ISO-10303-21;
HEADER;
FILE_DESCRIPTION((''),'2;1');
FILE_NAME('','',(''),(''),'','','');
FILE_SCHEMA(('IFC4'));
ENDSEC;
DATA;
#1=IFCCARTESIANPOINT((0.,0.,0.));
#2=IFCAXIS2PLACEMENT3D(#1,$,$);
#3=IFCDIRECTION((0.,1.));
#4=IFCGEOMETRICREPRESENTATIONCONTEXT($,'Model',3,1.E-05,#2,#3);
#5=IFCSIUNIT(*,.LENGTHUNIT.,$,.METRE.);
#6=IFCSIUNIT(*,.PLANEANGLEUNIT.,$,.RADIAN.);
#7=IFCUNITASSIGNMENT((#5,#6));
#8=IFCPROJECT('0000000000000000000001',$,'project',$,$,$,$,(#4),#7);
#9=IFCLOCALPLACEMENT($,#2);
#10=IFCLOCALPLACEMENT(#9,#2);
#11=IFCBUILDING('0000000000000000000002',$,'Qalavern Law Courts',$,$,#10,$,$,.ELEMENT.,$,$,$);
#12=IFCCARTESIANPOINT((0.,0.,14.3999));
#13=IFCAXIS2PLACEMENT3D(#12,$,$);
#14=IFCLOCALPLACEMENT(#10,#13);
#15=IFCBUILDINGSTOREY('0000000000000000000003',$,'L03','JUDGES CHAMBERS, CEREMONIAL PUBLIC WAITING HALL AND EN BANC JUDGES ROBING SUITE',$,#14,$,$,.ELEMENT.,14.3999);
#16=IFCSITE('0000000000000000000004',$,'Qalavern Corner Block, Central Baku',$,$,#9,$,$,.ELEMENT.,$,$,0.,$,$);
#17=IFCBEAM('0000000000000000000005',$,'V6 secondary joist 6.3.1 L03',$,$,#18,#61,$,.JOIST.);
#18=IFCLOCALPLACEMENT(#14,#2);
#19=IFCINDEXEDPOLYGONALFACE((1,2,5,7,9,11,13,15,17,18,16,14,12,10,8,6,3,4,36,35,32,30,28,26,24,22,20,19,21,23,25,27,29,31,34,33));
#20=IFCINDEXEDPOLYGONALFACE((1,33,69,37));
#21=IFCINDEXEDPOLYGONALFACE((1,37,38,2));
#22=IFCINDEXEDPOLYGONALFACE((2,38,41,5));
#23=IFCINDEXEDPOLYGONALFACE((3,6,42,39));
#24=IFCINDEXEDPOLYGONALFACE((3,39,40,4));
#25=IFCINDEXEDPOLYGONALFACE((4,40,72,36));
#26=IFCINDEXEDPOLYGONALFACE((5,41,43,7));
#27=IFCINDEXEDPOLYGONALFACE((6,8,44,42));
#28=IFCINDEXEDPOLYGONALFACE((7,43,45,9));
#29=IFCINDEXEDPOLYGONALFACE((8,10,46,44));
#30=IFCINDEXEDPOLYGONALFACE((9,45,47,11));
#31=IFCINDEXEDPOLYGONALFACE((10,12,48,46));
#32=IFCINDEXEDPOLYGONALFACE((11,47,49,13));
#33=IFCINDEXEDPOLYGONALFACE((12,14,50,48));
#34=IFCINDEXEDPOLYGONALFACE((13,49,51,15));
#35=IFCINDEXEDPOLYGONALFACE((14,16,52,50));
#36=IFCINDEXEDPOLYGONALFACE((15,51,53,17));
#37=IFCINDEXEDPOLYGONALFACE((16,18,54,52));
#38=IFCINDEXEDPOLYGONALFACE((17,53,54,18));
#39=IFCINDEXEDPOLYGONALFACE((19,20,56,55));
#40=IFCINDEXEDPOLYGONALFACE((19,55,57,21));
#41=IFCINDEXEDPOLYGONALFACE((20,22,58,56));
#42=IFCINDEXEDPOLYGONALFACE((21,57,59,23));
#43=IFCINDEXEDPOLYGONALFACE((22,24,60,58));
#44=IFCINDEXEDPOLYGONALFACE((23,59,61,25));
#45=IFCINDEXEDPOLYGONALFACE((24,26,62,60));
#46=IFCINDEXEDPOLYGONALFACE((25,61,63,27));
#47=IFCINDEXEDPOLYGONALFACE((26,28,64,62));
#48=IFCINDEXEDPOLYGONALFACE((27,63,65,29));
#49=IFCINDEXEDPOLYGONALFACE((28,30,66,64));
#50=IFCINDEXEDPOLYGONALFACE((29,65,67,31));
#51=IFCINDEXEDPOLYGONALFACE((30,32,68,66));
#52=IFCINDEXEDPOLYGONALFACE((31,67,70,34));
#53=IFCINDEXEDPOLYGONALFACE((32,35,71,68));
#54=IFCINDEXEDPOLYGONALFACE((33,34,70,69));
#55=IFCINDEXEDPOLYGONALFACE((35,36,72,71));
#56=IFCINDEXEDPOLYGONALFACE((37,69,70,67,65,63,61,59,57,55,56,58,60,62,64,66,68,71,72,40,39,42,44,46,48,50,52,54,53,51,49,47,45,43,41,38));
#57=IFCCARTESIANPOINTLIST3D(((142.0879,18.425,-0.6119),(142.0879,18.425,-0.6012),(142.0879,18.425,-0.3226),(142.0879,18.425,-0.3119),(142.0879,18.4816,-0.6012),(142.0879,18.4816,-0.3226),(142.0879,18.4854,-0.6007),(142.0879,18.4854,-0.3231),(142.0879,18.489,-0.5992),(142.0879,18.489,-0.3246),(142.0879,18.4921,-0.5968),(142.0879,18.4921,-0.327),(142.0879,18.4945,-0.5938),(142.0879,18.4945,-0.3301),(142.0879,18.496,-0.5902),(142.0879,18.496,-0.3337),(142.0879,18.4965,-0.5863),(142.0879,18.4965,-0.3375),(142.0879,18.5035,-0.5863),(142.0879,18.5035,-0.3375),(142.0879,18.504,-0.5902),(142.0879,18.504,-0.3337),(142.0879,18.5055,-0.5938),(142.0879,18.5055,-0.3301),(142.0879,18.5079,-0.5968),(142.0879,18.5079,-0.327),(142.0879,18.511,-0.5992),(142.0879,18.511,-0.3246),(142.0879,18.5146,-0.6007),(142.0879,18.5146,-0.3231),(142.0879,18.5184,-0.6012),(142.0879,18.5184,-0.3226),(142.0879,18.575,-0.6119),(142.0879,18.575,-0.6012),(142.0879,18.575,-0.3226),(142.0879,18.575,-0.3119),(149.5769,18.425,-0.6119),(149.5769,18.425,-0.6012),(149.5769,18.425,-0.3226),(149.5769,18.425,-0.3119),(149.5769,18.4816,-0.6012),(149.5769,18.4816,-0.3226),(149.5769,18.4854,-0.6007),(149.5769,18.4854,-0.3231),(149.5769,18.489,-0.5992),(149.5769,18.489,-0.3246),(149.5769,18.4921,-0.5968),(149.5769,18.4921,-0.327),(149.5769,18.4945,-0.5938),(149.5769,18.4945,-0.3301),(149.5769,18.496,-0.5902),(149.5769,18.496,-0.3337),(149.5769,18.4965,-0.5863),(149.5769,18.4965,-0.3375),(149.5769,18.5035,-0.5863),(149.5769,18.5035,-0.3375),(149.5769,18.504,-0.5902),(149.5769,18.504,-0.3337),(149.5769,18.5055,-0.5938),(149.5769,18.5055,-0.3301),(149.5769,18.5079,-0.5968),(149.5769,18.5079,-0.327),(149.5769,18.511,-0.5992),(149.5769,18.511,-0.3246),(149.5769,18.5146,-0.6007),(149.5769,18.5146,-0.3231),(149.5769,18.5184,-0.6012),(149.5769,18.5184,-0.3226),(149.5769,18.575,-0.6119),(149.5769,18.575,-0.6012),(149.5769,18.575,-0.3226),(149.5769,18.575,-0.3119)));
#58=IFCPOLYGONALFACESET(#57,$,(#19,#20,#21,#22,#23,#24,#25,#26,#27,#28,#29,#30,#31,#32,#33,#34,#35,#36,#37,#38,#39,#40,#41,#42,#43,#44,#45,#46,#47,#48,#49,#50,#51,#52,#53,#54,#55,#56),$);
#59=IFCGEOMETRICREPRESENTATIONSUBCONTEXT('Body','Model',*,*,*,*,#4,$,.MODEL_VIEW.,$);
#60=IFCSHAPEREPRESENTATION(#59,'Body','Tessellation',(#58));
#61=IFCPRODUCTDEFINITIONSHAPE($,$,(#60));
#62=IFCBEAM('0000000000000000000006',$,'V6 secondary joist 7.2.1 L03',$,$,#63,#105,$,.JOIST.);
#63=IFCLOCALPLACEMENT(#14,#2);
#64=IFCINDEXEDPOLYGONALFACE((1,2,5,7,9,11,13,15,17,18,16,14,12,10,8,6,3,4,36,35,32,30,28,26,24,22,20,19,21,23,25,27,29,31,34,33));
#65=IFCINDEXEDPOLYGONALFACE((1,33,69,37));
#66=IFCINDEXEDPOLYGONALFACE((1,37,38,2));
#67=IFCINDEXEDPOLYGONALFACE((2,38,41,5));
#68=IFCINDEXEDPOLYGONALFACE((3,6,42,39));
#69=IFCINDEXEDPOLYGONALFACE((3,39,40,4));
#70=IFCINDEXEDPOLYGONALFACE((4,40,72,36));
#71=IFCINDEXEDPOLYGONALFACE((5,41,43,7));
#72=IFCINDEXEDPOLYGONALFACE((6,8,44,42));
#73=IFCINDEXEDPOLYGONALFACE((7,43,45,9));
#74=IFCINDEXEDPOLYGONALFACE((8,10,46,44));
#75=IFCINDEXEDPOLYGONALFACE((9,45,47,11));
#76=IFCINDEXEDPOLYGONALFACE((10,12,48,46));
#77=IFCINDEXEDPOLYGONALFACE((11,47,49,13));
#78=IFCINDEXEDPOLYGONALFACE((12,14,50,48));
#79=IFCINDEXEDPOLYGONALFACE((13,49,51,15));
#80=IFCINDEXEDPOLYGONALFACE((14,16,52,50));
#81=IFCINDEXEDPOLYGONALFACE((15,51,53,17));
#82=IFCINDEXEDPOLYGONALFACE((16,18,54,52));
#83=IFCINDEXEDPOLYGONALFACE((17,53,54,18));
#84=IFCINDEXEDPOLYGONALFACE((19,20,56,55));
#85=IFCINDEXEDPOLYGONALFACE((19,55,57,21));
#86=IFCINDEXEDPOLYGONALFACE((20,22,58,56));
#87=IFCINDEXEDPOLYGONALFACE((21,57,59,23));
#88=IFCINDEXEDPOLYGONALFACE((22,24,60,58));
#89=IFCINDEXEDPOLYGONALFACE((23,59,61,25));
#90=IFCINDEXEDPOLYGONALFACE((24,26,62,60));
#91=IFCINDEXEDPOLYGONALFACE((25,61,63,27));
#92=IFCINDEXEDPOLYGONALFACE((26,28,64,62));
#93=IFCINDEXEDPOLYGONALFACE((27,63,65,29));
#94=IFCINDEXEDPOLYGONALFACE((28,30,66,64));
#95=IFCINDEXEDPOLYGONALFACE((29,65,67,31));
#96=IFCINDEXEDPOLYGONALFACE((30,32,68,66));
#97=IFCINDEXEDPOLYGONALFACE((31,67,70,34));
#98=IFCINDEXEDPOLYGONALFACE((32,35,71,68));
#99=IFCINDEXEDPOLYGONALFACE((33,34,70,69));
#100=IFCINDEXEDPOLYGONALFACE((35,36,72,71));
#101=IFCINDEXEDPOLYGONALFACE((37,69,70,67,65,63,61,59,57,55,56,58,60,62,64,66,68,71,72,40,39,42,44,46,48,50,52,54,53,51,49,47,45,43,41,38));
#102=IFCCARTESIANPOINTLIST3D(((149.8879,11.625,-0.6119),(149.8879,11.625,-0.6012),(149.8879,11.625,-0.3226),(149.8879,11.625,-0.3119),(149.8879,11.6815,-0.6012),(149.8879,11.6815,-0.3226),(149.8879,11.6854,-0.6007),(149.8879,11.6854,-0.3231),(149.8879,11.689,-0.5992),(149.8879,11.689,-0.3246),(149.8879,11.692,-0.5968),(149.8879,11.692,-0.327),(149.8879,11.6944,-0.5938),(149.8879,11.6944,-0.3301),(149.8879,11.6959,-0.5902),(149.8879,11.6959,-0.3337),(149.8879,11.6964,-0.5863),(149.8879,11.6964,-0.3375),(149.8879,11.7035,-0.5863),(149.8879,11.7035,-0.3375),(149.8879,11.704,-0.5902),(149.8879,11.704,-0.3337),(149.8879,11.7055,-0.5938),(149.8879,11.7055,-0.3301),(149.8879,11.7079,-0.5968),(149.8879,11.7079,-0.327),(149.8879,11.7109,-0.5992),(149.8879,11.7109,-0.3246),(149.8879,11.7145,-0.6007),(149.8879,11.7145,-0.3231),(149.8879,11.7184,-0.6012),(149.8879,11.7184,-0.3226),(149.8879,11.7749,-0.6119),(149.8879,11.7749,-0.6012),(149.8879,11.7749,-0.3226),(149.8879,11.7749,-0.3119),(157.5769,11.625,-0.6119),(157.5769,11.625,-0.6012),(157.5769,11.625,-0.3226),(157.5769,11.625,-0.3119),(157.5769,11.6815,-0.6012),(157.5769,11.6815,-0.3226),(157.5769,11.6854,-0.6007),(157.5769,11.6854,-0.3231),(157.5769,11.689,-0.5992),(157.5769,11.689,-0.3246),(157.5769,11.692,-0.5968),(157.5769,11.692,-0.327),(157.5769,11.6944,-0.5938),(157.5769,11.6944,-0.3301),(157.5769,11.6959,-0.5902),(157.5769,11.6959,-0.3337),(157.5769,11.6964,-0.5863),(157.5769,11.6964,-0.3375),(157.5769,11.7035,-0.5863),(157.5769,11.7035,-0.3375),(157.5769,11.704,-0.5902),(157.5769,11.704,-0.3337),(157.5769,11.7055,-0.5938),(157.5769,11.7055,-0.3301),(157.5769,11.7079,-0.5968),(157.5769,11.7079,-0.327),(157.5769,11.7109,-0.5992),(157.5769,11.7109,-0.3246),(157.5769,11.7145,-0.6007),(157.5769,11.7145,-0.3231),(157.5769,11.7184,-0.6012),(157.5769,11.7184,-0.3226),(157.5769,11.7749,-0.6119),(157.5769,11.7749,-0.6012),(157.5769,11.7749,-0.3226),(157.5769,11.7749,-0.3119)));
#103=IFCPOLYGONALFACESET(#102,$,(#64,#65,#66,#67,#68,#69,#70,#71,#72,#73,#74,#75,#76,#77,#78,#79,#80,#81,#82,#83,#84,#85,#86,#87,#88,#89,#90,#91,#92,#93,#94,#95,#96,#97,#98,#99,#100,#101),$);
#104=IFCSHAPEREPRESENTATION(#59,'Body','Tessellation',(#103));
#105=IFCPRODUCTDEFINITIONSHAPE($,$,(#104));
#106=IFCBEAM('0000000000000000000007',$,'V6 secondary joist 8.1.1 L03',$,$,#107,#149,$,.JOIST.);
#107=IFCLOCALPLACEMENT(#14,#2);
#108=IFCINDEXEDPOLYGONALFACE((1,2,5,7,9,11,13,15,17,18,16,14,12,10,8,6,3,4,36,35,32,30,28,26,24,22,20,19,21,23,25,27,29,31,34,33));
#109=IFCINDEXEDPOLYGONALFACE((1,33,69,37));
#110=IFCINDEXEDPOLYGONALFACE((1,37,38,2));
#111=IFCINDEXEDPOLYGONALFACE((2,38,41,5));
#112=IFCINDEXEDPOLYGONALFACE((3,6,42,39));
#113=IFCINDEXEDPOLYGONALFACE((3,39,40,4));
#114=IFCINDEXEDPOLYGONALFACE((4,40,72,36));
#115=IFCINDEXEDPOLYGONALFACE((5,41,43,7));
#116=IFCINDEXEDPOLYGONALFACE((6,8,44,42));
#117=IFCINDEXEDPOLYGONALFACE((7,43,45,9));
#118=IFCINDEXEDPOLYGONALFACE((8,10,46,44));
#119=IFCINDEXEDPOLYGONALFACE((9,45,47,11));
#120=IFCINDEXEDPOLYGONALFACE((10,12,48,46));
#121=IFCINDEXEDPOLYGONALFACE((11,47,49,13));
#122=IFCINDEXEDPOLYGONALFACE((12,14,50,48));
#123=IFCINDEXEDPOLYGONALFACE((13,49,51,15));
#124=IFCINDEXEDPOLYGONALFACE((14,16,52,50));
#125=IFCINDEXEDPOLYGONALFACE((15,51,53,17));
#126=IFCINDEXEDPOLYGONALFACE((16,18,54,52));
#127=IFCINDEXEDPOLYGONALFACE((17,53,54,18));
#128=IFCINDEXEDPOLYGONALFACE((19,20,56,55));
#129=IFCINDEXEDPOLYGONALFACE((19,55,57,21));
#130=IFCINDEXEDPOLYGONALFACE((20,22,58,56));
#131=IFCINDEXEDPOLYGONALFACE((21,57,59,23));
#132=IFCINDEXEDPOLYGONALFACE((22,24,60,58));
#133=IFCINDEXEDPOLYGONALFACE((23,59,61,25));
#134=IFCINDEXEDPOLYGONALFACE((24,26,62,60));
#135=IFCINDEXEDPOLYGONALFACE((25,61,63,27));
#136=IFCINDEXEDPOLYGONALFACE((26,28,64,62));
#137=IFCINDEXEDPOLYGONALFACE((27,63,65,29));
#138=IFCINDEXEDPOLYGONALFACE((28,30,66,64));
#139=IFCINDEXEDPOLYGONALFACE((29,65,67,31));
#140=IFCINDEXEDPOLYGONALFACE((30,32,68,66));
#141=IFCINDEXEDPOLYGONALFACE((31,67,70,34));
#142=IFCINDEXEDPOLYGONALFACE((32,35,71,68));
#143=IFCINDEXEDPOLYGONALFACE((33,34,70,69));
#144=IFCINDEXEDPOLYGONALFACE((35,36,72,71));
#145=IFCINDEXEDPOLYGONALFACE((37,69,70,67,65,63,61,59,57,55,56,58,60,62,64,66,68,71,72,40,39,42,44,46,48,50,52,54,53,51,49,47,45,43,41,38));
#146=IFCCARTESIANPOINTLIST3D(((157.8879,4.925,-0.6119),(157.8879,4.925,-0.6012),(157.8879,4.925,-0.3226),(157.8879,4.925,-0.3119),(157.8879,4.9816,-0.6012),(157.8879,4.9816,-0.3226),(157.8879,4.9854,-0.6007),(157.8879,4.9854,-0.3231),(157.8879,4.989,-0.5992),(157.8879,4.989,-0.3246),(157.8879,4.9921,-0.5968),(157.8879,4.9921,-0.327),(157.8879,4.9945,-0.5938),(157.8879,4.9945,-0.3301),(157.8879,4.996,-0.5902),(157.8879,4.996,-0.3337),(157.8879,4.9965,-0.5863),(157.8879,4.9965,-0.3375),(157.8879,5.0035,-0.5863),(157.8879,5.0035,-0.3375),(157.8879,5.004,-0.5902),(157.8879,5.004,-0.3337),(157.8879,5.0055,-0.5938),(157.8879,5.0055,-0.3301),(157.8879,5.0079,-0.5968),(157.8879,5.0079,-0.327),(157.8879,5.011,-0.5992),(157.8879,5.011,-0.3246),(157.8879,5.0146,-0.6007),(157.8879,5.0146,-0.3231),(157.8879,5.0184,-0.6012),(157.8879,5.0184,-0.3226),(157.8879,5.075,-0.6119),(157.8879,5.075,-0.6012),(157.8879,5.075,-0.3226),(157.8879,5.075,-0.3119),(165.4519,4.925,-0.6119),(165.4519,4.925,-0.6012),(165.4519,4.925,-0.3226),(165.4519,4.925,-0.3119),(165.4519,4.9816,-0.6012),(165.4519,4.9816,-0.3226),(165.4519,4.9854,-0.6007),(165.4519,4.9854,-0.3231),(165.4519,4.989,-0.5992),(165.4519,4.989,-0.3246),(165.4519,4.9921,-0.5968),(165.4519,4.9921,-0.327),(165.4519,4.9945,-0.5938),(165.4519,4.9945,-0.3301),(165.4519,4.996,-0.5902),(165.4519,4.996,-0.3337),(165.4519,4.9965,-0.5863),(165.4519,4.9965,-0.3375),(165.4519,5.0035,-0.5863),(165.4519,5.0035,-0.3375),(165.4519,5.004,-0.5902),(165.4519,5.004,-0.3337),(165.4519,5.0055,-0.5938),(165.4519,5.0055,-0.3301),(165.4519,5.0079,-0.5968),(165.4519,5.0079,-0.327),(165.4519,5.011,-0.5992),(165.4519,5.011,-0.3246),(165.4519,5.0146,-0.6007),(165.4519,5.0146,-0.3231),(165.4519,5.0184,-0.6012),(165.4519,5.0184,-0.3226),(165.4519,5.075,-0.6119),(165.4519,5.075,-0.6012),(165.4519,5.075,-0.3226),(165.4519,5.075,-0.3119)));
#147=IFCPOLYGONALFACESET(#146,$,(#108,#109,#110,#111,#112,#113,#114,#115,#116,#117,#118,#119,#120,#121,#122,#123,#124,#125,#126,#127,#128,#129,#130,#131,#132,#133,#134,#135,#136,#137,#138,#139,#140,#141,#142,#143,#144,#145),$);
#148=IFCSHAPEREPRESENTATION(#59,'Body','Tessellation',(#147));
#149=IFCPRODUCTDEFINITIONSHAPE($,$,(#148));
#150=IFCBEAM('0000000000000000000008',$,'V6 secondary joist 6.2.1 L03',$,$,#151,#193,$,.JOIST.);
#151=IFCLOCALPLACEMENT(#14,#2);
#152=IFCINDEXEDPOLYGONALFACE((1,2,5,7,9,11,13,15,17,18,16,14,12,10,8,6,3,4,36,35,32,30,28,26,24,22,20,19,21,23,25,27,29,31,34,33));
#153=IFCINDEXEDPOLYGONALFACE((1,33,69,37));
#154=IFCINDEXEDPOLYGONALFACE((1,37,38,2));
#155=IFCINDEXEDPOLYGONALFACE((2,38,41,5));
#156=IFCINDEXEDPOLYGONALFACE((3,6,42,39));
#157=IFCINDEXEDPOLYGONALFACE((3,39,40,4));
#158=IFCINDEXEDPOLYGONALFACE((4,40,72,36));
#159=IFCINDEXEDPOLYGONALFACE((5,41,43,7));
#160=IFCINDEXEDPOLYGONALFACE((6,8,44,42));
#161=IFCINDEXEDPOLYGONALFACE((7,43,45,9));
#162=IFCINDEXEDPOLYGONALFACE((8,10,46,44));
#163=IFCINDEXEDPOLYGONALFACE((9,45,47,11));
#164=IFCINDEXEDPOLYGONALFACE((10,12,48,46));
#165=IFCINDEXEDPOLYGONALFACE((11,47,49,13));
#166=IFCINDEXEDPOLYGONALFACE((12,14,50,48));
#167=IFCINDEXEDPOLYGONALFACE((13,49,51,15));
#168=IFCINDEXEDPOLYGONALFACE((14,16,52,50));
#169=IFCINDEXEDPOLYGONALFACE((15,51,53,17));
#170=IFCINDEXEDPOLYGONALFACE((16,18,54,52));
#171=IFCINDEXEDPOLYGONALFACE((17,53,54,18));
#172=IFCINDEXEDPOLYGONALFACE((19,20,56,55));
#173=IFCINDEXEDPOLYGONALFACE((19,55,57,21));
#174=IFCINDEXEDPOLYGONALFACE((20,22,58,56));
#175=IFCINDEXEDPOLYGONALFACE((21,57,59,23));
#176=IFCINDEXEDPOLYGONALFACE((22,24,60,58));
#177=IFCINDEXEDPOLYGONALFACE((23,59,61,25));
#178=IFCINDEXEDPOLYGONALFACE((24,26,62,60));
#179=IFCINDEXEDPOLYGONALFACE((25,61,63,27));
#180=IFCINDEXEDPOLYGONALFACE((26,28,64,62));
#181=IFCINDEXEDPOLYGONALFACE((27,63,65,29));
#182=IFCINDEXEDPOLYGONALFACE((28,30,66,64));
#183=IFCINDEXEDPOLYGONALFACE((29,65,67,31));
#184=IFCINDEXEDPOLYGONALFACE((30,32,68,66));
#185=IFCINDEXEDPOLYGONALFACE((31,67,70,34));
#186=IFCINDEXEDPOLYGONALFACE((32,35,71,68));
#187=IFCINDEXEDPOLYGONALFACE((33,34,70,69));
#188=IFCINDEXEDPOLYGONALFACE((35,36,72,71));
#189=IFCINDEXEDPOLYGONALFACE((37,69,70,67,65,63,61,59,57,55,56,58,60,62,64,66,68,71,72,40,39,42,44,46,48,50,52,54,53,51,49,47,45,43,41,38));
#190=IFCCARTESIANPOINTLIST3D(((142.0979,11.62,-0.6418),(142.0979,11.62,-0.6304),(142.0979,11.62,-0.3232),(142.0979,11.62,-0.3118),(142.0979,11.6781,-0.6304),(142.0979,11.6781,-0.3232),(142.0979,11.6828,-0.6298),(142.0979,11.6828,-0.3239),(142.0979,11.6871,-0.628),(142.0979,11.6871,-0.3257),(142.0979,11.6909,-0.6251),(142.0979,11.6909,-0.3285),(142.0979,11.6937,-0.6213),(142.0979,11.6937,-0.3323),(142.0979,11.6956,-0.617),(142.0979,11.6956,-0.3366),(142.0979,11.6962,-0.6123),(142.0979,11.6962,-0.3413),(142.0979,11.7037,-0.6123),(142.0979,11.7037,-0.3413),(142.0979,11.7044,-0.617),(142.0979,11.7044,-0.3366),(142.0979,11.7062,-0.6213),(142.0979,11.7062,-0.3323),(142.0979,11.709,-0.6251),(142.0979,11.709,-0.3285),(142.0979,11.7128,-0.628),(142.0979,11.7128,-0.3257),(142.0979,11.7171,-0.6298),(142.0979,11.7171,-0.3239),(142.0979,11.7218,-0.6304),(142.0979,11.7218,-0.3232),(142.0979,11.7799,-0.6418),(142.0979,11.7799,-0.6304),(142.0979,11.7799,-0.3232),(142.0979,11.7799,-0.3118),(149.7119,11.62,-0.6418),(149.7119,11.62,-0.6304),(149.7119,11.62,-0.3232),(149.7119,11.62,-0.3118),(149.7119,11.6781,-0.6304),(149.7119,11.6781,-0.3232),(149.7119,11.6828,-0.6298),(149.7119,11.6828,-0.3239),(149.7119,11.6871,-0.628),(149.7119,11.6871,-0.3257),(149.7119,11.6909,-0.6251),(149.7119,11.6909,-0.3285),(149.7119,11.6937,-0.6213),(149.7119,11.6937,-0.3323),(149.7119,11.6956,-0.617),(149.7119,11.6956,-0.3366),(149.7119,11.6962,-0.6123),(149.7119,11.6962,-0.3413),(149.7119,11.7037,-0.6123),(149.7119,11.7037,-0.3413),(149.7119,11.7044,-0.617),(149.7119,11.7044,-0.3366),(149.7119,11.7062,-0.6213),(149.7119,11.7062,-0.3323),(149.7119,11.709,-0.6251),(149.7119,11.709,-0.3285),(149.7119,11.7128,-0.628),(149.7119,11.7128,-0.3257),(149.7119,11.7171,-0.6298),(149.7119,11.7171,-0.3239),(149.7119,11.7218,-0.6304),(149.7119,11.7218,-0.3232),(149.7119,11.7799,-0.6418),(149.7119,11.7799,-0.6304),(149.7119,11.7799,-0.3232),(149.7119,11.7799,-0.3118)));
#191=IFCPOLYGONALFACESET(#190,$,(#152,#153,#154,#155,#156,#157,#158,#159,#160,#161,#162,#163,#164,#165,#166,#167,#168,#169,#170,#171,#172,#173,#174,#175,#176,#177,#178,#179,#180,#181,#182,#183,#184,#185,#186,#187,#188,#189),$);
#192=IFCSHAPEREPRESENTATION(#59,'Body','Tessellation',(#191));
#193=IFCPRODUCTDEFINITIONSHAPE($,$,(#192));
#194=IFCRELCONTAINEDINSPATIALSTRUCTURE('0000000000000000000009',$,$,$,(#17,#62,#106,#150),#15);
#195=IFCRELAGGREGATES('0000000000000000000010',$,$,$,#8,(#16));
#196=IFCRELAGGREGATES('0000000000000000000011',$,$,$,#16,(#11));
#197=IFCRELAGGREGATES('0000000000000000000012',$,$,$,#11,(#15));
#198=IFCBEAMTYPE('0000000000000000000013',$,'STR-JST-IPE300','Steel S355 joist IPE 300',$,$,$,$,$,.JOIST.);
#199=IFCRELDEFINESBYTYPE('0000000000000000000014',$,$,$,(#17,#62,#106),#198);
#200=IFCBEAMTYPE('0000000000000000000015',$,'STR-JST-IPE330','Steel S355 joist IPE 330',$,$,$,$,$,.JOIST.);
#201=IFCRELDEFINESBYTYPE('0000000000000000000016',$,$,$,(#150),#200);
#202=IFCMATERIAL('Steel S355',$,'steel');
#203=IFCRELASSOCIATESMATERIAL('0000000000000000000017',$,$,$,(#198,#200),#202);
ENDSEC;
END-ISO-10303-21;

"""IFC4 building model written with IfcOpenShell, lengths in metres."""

from ifc_helpers import new_model, si_unit, direction, frame, origin, origin_2d, place, context, subcontext, project, spatial, i_section, extrude, material, material_profile, profile_set, type_object, element, save


model = new_model("IFC4")

# Units and contexts
model_context = context("Model", 3, precision=1e-05, world=origin(), true_north=direction((0.0, 1.0)))
body_context = subcontext(model_context, "Body", "Model", "MODEL_VIEW")
ifc_project = project(units=[si_unit("LENGTHUNIT", "METRE"), si_unit("PLANEANGLEUNIT", "RADIAN")], contexts=[model_context])

# Site, building, storey
site_placement = place(None, origin())
site = spatial("IfcSite", under=ifc_project, at=site_placement, Name="Qalavern Corner Block, Central Baku", CompositionType="ELEMENT", RefElevation=0.0)
building_placement = place(site_placement, origin())
building = spatial("IfcBuilding", under=site, at=building_placement, Name="Qalavern Law Courts", CompositionType="ELEMENT")
storey_placement = place(building_placement, frame((0.0, 0.0, 14.3999)))
storey = spatial("IfcBuildingStorey", under=building, at=storey_placement, Name="L03", Description="JUDGES CHAMBERS, CEREMONIAL PUBLIC WAITING HALL AND EN BANC JUDGES ROBING SUITE", CompositionType="ELEMENT", Elevation=14.3999)

# Beams
ifc_material_1 = material(Name="Steel S355", Category="steel")
ifc_material_profile_1 = material_profile(ifc_material_1, i_section(OverallWidth=0.1499, OverallDepth=0.3, WebThickness=0.0071, FlangeThickness=0.0107, FilletRadius=0.0149, at=origin_2d()), Name="IPE 300")
ifc_profile_set_1 = profile_set([ifc_material_profile_1], Name="Steel S355")
beam_type_1 = type_object("IfcBeamType", Name="STR-JST-IPE300", Description="Steel S355 joist IPE 300", PredefinedType="JOIST", material=ifc_profile_set_1)
beam_1_placement = place(storey_placement, frame((142.0879, 18.5, -0.4619), z_axis=(1.0, 0.0, 0.0), x_axis=(0.0, 1.0, 0.0)))
element("IfcBeam", 1, at=beam_1_placement, inside=storey, type_object=beam_type_1, Name="V6 secondary joist 6.3.1 L03", PredefinedType="JOIST", context=body_context, shape_type="SweptSolid", body=[
    extrude(i_section(OverallWidth=0.1499, OverallDepth=0.3, WebThickness=0.0071, FlangeThickness=0.0107, FilletRadius=0.0149, at=origin_2d()), origin(), (0.0, 0.0, 1.0), 7.489),
])
beam_2_placement = place(storey_placement, frame((149.8879, 11.7, -0.4619), z_axis=(1.0, 0.0, 0.0), x_axis=(0.0, 1.0, 0.0)))
element("IfcBeam", 2, at=beam_2_placement, inside=storey, type_object=beam_type_1, Name="V6 secondary joist 7.2.1 L03", PredefinedType="JOIST", context=body_context, shape_type="SweptSolid", body=[
    extrude(i_section(OverallWidth=0.1499, OverallDepth=0.3, WebThickness=0.0071, FlangeThickness=0.0107, FilletRadius=0.0149, at=origin_2d()), origin(), (0.0, 0.0, 1.0), 7.689),
])
beam_3_placement = place(storey_placement, frame((157.8879, 5.0, -0.4619), z_axis=(1.0, 0.0, 0.0), x_axis=(0.0, 1.0, 0.0)))
element("IfcBeam", 3, at=beam_3_placement, inside=storey, type_object=beam_type_1, Name="V6 secondary joist 8.1.1 L03", PredefinedType="JOIST", context=body_context, shape_type="SweptSolid", body=[
    extrude(i_section(OverallWidth=0.1499, OverallDepth=0.3, WebThickness=0.0071, FlangeThickness=0.0107, FilletRadius=0.0149, at=origin_2d()), origin(), (0.0, 0.0, 1.0), 7.564),
])
ifc_material_profile_2 = material_profile(ifc_material_1, i_section(OverallWidth=0.1599, OverallDepth=0.3301, WebThickness=0.0076, FlangeThickness=0.0115, FilletRadius=0.0181, at=origin_2d()), Name="IPE 330")
ifc_profile_set_2 = profile_set([ifc_material_profile_2], Name="Steel S355")
beam_type_2 = type_object("IfcBeamType", Name="STR-JST-IPE330", Description="Steel S355 joist IPE 330", PredefinedType="JOIST", material=ifc_profile_set_2)
beam_4_placement = place(storey_placement, frame((142.0979, 11.7, -0.4768), z_axis=(1.0, 0.0, 0.0), x_axis=(0.0, 1.0, 0.0)))
element("IfcBeam", 4, at=beam_4_placement, inside=storey, type_object=beam_type_2, Name="V6 secondary joist 6.2.1 L03", PredefinedType="JOIST", context=body_context, shape_type="SweptSolid", body=[
    extrude(i_section(OverallWidth=0.1599, OverallDepth=0.3301, WebThickness=0.0076, FlangeThickness=0.0115, FilletRadius=0.0181, at=origin_2d()), origin(), (0.0, 0.0, 1.0), 7.614),
])

save(model, "model.ifc")
